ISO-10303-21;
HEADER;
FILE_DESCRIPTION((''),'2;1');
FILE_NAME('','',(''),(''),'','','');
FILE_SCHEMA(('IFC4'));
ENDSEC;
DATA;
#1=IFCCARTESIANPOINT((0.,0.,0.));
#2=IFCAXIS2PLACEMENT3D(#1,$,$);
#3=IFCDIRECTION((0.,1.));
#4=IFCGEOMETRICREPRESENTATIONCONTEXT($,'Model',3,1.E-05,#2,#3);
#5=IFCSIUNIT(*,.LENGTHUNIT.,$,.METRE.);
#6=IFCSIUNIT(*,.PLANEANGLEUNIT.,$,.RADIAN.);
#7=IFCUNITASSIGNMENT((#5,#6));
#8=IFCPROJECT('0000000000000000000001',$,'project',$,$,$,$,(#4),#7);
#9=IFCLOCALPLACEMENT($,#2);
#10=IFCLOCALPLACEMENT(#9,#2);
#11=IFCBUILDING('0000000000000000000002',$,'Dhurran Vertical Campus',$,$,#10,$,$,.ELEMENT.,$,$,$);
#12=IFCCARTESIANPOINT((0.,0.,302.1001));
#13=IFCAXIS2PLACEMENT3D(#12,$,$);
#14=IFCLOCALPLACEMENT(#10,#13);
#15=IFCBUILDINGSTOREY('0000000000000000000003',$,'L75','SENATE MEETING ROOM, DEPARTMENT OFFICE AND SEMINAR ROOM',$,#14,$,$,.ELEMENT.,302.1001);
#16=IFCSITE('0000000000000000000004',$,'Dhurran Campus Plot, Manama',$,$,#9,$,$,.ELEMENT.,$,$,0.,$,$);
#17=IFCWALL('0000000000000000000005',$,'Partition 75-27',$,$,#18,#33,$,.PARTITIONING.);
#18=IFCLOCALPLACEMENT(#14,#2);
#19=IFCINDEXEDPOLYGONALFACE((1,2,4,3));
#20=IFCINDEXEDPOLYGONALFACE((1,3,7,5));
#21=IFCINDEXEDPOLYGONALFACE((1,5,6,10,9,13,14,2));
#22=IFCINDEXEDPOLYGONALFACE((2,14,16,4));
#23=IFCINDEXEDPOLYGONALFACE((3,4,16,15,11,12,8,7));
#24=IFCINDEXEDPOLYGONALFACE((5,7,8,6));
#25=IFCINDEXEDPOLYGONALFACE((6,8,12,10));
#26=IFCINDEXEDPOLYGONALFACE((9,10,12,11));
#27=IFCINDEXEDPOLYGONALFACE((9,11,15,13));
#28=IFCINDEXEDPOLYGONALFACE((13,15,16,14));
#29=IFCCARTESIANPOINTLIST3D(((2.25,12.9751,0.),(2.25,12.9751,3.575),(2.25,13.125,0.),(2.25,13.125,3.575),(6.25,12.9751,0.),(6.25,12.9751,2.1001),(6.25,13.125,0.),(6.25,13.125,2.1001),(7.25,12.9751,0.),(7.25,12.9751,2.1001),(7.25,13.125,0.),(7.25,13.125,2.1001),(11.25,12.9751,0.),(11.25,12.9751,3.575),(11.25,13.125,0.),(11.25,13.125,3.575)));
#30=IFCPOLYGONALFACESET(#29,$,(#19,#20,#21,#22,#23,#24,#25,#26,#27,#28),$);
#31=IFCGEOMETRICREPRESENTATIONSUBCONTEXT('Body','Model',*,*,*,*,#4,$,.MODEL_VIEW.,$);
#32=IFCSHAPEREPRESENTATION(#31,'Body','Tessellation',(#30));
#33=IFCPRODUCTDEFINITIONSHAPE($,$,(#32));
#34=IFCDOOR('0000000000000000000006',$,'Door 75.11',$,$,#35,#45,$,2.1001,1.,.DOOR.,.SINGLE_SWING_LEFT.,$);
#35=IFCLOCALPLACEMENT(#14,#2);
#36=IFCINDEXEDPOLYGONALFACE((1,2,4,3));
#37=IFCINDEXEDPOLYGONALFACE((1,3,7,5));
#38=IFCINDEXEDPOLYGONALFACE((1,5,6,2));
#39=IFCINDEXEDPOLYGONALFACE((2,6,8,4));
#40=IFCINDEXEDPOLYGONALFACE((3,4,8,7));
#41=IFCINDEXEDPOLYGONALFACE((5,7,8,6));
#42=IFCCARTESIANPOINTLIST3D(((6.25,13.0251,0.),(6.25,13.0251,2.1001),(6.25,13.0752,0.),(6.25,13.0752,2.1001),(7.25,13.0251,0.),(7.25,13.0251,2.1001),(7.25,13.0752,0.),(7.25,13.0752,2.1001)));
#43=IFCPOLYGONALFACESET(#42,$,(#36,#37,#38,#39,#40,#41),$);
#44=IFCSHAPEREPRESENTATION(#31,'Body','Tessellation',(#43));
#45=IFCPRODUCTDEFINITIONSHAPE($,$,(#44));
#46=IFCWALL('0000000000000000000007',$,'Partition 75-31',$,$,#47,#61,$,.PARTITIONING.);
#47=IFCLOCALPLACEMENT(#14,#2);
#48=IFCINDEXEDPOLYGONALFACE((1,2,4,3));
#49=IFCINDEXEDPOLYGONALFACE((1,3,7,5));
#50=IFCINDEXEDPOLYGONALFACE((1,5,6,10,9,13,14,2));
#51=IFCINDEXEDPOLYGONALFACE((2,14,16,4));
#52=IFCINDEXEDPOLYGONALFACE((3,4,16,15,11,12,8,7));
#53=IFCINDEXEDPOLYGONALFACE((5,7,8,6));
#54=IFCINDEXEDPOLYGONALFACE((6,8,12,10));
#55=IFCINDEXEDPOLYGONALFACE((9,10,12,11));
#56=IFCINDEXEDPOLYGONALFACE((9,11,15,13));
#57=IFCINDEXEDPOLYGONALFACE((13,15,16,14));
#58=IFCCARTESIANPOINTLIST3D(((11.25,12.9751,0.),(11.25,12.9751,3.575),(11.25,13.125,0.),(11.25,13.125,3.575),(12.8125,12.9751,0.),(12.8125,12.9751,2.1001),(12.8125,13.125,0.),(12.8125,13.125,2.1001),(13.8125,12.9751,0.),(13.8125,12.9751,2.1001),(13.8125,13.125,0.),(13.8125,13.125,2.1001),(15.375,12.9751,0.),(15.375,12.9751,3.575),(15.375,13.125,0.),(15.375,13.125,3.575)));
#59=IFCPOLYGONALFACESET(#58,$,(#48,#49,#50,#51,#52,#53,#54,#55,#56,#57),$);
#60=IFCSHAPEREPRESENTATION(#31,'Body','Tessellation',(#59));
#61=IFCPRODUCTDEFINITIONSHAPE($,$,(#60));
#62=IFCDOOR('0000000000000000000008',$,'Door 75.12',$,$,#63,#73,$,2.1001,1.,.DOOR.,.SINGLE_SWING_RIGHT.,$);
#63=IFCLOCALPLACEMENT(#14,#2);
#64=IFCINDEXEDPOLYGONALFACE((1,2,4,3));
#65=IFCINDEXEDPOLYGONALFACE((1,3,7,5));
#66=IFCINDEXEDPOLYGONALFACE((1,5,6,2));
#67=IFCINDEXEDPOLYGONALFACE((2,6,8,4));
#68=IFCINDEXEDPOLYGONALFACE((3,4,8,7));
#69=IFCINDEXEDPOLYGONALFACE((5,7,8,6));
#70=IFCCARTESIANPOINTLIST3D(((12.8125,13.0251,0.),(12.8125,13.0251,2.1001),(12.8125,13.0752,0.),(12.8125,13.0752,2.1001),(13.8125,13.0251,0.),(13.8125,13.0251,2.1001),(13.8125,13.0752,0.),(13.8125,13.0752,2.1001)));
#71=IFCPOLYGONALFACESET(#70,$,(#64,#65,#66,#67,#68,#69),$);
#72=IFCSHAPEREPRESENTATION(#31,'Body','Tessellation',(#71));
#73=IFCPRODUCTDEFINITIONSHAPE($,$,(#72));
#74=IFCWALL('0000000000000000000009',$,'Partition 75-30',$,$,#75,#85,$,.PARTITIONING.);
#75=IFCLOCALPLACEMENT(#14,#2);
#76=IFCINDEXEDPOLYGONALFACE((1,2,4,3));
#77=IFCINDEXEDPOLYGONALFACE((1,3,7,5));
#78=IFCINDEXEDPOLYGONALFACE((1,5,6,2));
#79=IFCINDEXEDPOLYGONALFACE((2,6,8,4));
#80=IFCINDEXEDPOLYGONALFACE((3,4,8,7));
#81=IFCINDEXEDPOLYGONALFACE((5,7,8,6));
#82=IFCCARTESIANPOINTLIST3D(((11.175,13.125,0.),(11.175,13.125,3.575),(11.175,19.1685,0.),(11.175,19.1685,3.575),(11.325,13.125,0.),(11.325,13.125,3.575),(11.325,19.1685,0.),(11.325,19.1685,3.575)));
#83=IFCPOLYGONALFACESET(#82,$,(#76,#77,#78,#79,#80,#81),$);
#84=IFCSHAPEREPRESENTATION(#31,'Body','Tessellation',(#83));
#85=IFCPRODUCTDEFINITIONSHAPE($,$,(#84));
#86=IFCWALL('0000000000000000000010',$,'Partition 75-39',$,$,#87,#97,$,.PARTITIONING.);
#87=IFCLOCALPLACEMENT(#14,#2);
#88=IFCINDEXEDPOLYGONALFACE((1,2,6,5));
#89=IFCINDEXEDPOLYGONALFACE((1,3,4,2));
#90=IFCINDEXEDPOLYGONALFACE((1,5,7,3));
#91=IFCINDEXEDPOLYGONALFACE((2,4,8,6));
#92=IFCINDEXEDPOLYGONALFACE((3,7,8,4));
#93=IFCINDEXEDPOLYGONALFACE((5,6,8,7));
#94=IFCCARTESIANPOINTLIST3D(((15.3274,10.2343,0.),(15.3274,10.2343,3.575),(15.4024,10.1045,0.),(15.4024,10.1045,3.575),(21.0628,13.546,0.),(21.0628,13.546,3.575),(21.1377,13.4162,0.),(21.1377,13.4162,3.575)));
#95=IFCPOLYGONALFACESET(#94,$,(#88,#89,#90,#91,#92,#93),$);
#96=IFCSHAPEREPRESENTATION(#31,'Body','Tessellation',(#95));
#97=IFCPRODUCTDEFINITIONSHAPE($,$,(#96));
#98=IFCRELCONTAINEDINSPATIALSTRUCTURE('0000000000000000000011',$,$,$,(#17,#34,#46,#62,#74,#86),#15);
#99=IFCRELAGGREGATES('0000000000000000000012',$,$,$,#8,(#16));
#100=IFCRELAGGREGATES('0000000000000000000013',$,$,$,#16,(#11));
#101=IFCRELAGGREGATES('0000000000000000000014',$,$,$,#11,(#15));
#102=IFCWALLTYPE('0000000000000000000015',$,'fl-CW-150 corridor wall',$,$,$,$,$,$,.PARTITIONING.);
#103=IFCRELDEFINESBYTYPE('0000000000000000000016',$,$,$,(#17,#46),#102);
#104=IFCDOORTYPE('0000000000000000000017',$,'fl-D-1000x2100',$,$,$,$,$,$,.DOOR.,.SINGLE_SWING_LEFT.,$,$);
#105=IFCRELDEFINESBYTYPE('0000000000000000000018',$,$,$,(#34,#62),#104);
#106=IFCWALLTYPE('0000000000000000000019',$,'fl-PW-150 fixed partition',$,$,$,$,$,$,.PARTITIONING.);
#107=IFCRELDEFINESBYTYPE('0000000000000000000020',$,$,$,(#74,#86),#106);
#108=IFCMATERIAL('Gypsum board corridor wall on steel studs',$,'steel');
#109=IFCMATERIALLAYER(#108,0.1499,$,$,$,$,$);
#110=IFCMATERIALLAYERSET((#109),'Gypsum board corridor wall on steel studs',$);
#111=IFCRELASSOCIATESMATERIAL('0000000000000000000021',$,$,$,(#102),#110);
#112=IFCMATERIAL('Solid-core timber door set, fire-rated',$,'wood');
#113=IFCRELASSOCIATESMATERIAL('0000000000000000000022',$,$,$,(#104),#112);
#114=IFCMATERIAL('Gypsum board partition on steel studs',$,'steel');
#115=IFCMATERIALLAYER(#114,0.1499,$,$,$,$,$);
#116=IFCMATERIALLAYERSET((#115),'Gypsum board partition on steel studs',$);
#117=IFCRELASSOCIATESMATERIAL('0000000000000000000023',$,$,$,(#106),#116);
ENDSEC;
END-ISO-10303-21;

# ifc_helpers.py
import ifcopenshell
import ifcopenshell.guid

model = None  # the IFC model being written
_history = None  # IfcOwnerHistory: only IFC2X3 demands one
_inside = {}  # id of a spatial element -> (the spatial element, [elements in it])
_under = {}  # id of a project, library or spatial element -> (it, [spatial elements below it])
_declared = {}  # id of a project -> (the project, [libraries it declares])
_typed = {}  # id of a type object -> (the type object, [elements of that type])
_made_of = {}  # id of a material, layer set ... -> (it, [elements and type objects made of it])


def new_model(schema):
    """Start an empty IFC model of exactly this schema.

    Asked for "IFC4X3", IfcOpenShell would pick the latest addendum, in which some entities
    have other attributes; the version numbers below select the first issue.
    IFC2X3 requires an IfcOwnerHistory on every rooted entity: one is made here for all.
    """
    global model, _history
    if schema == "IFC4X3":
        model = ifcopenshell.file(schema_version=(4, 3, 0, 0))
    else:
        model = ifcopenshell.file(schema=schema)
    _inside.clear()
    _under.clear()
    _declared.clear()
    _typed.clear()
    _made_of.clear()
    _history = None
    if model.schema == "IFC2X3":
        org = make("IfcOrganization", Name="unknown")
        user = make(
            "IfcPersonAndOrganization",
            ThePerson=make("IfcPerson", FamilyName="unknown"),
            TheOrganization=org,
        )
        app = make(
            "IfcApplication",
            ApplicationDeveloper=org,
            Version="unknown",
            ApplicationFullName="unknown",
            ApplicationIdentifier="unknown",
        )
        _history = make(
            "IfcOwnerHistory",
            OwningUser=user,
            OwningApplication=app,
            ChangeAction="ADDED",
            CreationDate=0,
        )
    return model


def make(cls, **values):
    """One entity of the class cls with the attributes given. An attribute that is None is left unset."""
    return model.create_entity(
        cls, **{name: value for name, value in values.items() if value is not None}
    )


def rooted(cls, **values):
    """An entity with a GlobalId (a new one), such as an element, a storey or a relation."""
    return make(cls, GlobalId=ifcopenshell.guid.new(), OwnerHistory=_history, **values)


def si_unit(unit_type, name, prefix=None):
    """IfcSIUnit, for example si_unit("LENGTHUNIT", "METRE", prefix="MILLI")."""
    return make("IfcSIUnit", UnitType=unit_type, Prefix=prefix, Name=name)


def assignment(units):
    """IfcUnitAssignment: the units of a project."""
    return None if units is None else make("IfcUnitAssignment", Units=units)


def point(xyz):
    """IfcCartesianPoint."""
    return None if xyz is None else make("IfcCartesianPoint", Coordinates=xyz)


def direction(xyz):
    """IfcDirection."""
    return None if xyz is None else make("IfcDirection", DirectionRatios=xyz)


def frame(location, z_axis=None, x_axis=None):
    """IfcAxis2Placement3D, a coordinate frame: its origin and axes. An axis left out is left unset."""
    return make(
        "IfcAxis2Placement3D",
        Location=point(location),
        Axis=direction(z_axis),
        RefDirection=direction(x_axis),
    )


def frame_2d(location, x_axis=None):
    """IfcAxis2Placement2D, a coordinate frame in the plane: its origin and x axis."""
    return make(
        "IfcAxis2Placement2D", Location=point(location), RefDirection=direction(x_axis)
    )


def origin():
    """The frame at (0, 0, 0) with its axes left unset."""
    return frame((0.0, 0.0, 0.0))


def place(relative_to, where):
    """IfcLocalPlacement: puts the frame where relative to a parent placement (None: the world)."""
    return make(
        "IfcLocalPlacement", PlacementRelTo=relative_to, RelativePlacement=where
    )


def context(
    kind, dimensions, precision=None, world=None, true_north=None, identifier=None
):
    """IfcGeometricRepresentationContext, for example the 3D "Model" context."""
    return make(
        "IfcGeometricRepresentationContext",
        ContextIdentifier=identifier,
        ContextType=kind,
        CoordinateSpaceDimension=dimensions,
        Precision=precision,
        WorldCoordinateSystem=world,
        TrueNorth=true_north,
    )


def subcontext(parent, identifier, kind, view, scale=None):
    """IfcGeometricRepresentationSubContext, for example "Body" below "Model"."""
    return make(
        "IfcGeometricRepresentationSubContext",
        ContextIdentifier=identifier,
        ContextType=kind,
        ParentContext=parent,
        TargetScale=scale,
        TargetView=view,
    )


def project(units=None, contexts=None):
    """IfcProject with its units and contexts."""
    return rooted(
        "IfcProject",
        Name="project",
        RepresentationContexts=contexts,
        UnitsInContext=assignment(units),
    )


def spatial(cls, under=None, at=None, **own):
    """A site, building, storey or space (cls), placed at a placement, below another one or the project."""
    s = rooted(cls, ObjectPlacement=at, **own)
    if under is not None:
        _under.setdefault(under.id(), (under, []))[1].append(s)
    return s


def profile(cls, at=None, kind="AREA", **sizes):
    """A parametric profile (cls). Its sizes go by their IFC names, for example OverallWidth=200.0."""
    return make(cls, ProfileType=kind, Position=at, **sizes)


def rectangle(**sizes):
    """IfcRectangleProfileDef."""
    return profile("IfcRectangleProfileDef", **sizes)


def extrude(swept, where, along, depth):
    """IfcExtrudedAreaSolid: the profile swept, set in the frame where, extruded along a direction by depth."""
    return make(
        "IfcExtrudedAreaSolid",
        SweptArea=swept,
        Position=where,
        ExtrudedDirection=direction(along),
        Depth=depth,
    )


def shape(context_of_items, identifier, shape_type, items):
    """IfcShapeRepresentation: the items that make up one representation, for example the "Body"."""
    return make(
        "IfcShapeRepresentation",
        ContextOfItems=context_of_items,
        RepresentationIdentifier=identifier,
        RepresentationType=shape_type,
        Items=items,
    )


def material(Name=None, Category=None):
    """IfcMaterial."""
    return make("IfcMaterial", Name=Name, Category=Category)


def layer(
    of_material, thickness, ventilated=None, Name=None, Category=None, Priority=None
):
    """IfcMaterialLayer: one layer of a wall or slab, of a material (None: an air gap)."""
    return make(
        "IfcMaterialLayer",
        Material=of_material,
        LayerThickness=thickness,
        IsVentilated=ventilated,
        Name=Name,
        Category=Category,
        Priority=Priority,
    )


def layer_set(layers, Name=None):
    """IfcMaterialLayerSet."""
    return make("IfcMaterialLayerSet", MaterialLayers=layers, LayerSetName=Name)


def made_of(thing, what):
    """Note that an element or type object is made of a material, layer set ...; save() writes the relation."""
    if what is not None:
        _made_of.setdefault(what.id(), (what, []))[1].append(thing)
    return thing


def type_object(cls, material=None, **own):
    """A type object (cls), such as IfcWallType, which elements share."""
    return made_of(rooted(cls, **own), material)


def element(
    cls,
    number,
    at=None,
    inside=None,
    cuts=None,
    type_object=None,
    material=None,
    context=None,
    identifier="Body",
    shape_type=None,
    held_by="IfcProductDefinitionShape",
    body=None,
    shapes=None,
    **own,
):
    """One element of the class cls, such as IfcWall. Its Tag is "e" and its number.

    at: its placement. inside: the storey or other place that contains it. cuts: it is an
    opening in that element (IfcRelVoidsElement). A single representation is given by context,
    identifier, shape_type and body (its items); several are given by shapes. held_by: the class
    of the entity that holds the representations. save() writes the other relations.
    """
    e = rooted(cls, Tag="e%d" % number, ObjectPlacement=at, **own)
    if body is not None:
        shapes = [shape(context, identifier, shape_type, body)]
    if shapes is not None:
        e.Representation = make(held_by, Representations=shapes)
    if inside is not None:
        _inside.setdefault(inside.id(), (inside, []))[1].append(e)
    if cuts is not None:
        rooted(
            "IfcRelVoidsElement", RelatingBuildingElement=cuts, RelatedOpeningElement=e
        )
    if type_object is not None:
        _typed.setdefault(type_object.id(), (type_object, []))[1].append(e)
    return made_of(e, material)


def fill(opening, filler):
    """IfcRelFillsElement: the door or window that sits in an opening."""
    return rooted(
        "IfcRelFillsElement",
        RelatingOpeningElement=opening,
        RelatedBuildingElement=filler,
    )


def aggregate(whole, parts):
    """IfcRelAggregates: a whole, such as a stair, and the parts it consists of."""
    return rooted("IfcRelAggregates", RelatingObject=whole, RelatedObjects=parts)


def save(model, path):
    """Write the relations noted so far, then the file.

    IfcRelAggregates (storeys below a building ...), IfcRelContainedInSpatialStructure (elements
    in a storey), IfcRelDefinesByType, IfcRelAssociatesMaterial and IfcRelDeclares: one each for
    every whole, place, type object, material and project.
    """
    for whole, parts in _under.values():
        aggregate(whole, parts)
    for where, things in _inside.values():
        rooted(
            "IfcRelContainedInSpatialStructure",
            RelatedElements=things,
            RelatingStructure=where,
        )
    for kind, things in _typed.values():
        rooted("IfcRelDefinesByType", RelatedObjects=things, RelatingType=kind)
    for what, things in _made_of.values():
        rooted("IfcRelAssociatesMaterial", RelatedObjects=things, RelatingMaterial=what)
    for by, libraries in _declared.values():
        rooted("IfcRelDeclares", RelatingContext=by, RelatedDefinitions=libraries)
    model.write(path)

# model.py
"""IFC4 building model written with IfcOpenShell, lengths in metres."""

from ifc_helpers import new_model, si_unit, direction, frame, frame_2d, origin, place, context, subcontext, project, spatial, rectangle, extrude, material, layer, layer_set, type_object, element, fill, save


model = new_model("IFC4")

# Units and contexts
model_context = context("Model", 3, precision=1e-05, world=origin(), true_north=direction((0.0, 1.0)))
body_context = subcontext(model_context, "Body", "Model", "MODEL_VIEW")
ifc_project = project(units=[si_unit("LENGTHUNIT", "METRE"), si_unit("PLANEANGLEUNIT", "RADIAN")], contexts=[model_context])

# Site, building, storey
site_placement = place(None, origin())
site = spatial("IfcSite", under=ifc_project, at=site_placement, Name="Dhurran Campus Plot, Manama", CompositionType="ELEMENT", RefElevation=0.0)
building_placement = place(site_placement, origin())
building = spatial("IfcBuilding", under=site, at=building_placement, Name="Dhurran Vertical Campus", CompositionType="ELEMENT")
storey_placement = place(building_placement, frame((0.0, 0.0, 302.1001)))
storey = spatial("IfcBuildingStorey", under=building, at=storey_placement, Name="L75", Description="SENATE MEETING ROOM, DEPARTMENT OFFICE AND SEMINAR ROOM", CompositionType="ELEMENT", Elevation=302.1001)

# Walls, openings, doors
ifc_material_1 = material(Name="Gypsum board corridor wall on steel studs", Category="steel")
ifc_layer_1 = layer(ifc_material_1, 0.1499)
ifc_layer_set_1 = layer_set([ifc_layer_1], Name="Gypsum board corridor wall on steel studs")
wall_type_1 = type_object("IfcWallType", Name="fl-CW-150 corridor wall", PredefinedType="PARTITIONING", material=ifc_layer_set_1)
wall_1_placement = place(storey_placement, frame((11.25, 13.05, 0.0), z_axis=(0.0, 0.0, 1.0), x_axis=(-1.0, 0.0, 0.0)))
wall_1 = element("IfcWall", 1, at=wall_1_placement, inside=storey, type_object=wall_type_1, Name="Partition 75-27", PredefinedType="PARTITIONING", context=body_context, shape_type="SweptSolid", body=[
    extrude(rectangle(XDim=9.0, YDim=0.1499, at=frame_2d((4.5, 0.0))), origin(), (0.0, 0.0, 1.0), 3.575),
])
opening_1_placement = place(wall_1_placement, frame((4.0, 0.0, 0.0)))
opening_1 = element("IfcOpeningElement", 2, at=opening_1_placement, cuts=wall_1, PredefinedType="OPENING", context=body_context, shape_type="SweptSolid", body=[
    extrude(rectangle(XDim=1.0, YDim=2.1001, at=frame_2d((0.5, 1.05))), frame((0.0, 0.085, 0.0), z_axis=(0.0, -1.0, 0.0), x_axis=(1.0, 0.0, 0.0)), (0.0, 0.0, 1.0), 0.1699),
])
ifc_material_2 = material(Name="Solid-core timber door set, fire-rated", Category="wood")
door_type = type_object("IfcDoorType", Name="fl-D-1000x2100", OperationType="SINGLE_SWING_LEFT", PredefinedType="DOOR", material=ifc_material_2)
door_1_placement = place(opening_1_placement, origin())
door_1 = element("IfcDoor", 3, at=door_1_placement, inside=storey, type_object=door_type, Name="Door 75.11", OperationType="SINGLE_SWING_LEFT", OverallHeight=2.1001, OverallWidth=1.0, PredefinedType="DOOR", context=body_context, shape_type="SweptSolid", body=[
    extrude(rectangle(XDim=1.0, YDim=2.1001, at=frame_2d((0.5, 1.05))), frame((0.0, 0.0249, 0.0), z_axis=(0.0, -1.0, 0.0), x_axis=(1.0, 0.0, 0.0)), (0.0, 0.0, 1.0), 0.05),
])
fill(opening_1, door_1)
wall_2_placement = place(storey_placement, frame((15.375, 13.05, 0.0), z_axis=(0.0, 0.0, 1.0), x_axis=(-1.0, 0.0, 0.0)))
wall_2 = element("IfcWall", 4, at=wall_2_placement, inside=storey, type_object=wall_type_1, Name="Partition 75-31", PredefinedType="PARTITIONING", context=body_context, shape_type="SweptSolid", body=[
    extrude(rectangle(XDim=4.125, YDim=0.1499, at=frame_2d((2.0625, 0.0))), origin(), (0.0, 0.0, 1.0), 3.575),
])
opening_2_placement = place(wall_2_placement, frame((1.5625, 0.0, 0.0)))
opening_2 = element("IfcOpeningElement", 5, at=opening_2_placement, cuts=wall_2, PredefinedType="OPENING", context=body_context, shape_type="SweptSolid", body=[
    extrude(rectangle(XDim=1.0, YDim=2.1001, at=frame_2d((0.5, 1.05))), frame((0.0, 0.085, 0.0), z_axis=(0.0, -1.0, 0.0), x_axis=(1.0, 0.0, 0.0)), (0.0, 0.0, 1.0), 0.1699),
])
door_2_placement = place(opening_2_placement, origin())
door_2 = element("IfcDoor", 6, at=door_2_placement, inside=storey, type_object=door_type, Name="Door 75.12", OperationType="SINGLE_SWING_RIGHT", OverallHeight=2.1001, OverallWidth=1.0, PredefinedType="DOOR", context=body_context, shape_type="SweptSolid", body=[
    extrude(rectangle(XDim=1.0, YDim=2.1001, at=frame_2d((0.5, 1.05))), frame((0.0, 0.0249, 0.0), z_axis=(0.0, -1.0, 0.0), x_axis=(1.0, 0.0, 0.0)), (0.0, 0.0, 1.0), 0.05),
])
fill(opening_2, door_2)

# Walls
ifc_material_3 = material(Name="Gypsum board partition on steel studs", Category="steel")
ifc_layer_2 = layer(ifc_material_3, 0.1499)
ifc_layer_set_2 = layer_set([ifc_layer_2], Name="Gypsum board partition on steel studs")
wall_type_2 = type_object("IfcWallType", Name="fl-PW-150 fixed partition", PredefinedType="PARTITIONING", material=ifc_layer_set_2)
wall_3_placement = place(storey_placement, frame((11.25, 19.1685, 0.0), z_axis=(0.0, 0.0, 1.0), x_axis=(0.0, -1.0, 0.0)))
element("IfcWall", 7, at=wall_3_placement, inside=storey, type_object=wall_type_2, Name="Partition 75-30", PredefinedType="PARTITIONING", context=body_context, shape_type="SweptSolid", body=[
    extrude(rectangle(XDim=6.0435, YDim=0.1499, at=frame_2d((3.0217, 0.0))), origin(), (0.0, 0.0, 1.0), 3.575),
])
wall_4_placement = place(storey_placement, frame((21.1003, 13.4812, 0.0), z_axis=(0.0, 0.0, 1.0), x_axis=(-0.865995, -0.500052, 0.0)))
element("IfcWall", 8, at=wall_4_placement, inside=storey, type_object=wall_type_2, Name="Partition 75-39", PredefinedType="PARTITIONING", context=body_context, shape_type="SweptSolid", body=[
    extrude(rectangle(XDim=6.6228, YDim=0.1499, at=frame_2d((3.3115, 0.0))), origin(), (0.0, 0.0, 1.0), 3.575),
])

save(model, "model.ifc")
